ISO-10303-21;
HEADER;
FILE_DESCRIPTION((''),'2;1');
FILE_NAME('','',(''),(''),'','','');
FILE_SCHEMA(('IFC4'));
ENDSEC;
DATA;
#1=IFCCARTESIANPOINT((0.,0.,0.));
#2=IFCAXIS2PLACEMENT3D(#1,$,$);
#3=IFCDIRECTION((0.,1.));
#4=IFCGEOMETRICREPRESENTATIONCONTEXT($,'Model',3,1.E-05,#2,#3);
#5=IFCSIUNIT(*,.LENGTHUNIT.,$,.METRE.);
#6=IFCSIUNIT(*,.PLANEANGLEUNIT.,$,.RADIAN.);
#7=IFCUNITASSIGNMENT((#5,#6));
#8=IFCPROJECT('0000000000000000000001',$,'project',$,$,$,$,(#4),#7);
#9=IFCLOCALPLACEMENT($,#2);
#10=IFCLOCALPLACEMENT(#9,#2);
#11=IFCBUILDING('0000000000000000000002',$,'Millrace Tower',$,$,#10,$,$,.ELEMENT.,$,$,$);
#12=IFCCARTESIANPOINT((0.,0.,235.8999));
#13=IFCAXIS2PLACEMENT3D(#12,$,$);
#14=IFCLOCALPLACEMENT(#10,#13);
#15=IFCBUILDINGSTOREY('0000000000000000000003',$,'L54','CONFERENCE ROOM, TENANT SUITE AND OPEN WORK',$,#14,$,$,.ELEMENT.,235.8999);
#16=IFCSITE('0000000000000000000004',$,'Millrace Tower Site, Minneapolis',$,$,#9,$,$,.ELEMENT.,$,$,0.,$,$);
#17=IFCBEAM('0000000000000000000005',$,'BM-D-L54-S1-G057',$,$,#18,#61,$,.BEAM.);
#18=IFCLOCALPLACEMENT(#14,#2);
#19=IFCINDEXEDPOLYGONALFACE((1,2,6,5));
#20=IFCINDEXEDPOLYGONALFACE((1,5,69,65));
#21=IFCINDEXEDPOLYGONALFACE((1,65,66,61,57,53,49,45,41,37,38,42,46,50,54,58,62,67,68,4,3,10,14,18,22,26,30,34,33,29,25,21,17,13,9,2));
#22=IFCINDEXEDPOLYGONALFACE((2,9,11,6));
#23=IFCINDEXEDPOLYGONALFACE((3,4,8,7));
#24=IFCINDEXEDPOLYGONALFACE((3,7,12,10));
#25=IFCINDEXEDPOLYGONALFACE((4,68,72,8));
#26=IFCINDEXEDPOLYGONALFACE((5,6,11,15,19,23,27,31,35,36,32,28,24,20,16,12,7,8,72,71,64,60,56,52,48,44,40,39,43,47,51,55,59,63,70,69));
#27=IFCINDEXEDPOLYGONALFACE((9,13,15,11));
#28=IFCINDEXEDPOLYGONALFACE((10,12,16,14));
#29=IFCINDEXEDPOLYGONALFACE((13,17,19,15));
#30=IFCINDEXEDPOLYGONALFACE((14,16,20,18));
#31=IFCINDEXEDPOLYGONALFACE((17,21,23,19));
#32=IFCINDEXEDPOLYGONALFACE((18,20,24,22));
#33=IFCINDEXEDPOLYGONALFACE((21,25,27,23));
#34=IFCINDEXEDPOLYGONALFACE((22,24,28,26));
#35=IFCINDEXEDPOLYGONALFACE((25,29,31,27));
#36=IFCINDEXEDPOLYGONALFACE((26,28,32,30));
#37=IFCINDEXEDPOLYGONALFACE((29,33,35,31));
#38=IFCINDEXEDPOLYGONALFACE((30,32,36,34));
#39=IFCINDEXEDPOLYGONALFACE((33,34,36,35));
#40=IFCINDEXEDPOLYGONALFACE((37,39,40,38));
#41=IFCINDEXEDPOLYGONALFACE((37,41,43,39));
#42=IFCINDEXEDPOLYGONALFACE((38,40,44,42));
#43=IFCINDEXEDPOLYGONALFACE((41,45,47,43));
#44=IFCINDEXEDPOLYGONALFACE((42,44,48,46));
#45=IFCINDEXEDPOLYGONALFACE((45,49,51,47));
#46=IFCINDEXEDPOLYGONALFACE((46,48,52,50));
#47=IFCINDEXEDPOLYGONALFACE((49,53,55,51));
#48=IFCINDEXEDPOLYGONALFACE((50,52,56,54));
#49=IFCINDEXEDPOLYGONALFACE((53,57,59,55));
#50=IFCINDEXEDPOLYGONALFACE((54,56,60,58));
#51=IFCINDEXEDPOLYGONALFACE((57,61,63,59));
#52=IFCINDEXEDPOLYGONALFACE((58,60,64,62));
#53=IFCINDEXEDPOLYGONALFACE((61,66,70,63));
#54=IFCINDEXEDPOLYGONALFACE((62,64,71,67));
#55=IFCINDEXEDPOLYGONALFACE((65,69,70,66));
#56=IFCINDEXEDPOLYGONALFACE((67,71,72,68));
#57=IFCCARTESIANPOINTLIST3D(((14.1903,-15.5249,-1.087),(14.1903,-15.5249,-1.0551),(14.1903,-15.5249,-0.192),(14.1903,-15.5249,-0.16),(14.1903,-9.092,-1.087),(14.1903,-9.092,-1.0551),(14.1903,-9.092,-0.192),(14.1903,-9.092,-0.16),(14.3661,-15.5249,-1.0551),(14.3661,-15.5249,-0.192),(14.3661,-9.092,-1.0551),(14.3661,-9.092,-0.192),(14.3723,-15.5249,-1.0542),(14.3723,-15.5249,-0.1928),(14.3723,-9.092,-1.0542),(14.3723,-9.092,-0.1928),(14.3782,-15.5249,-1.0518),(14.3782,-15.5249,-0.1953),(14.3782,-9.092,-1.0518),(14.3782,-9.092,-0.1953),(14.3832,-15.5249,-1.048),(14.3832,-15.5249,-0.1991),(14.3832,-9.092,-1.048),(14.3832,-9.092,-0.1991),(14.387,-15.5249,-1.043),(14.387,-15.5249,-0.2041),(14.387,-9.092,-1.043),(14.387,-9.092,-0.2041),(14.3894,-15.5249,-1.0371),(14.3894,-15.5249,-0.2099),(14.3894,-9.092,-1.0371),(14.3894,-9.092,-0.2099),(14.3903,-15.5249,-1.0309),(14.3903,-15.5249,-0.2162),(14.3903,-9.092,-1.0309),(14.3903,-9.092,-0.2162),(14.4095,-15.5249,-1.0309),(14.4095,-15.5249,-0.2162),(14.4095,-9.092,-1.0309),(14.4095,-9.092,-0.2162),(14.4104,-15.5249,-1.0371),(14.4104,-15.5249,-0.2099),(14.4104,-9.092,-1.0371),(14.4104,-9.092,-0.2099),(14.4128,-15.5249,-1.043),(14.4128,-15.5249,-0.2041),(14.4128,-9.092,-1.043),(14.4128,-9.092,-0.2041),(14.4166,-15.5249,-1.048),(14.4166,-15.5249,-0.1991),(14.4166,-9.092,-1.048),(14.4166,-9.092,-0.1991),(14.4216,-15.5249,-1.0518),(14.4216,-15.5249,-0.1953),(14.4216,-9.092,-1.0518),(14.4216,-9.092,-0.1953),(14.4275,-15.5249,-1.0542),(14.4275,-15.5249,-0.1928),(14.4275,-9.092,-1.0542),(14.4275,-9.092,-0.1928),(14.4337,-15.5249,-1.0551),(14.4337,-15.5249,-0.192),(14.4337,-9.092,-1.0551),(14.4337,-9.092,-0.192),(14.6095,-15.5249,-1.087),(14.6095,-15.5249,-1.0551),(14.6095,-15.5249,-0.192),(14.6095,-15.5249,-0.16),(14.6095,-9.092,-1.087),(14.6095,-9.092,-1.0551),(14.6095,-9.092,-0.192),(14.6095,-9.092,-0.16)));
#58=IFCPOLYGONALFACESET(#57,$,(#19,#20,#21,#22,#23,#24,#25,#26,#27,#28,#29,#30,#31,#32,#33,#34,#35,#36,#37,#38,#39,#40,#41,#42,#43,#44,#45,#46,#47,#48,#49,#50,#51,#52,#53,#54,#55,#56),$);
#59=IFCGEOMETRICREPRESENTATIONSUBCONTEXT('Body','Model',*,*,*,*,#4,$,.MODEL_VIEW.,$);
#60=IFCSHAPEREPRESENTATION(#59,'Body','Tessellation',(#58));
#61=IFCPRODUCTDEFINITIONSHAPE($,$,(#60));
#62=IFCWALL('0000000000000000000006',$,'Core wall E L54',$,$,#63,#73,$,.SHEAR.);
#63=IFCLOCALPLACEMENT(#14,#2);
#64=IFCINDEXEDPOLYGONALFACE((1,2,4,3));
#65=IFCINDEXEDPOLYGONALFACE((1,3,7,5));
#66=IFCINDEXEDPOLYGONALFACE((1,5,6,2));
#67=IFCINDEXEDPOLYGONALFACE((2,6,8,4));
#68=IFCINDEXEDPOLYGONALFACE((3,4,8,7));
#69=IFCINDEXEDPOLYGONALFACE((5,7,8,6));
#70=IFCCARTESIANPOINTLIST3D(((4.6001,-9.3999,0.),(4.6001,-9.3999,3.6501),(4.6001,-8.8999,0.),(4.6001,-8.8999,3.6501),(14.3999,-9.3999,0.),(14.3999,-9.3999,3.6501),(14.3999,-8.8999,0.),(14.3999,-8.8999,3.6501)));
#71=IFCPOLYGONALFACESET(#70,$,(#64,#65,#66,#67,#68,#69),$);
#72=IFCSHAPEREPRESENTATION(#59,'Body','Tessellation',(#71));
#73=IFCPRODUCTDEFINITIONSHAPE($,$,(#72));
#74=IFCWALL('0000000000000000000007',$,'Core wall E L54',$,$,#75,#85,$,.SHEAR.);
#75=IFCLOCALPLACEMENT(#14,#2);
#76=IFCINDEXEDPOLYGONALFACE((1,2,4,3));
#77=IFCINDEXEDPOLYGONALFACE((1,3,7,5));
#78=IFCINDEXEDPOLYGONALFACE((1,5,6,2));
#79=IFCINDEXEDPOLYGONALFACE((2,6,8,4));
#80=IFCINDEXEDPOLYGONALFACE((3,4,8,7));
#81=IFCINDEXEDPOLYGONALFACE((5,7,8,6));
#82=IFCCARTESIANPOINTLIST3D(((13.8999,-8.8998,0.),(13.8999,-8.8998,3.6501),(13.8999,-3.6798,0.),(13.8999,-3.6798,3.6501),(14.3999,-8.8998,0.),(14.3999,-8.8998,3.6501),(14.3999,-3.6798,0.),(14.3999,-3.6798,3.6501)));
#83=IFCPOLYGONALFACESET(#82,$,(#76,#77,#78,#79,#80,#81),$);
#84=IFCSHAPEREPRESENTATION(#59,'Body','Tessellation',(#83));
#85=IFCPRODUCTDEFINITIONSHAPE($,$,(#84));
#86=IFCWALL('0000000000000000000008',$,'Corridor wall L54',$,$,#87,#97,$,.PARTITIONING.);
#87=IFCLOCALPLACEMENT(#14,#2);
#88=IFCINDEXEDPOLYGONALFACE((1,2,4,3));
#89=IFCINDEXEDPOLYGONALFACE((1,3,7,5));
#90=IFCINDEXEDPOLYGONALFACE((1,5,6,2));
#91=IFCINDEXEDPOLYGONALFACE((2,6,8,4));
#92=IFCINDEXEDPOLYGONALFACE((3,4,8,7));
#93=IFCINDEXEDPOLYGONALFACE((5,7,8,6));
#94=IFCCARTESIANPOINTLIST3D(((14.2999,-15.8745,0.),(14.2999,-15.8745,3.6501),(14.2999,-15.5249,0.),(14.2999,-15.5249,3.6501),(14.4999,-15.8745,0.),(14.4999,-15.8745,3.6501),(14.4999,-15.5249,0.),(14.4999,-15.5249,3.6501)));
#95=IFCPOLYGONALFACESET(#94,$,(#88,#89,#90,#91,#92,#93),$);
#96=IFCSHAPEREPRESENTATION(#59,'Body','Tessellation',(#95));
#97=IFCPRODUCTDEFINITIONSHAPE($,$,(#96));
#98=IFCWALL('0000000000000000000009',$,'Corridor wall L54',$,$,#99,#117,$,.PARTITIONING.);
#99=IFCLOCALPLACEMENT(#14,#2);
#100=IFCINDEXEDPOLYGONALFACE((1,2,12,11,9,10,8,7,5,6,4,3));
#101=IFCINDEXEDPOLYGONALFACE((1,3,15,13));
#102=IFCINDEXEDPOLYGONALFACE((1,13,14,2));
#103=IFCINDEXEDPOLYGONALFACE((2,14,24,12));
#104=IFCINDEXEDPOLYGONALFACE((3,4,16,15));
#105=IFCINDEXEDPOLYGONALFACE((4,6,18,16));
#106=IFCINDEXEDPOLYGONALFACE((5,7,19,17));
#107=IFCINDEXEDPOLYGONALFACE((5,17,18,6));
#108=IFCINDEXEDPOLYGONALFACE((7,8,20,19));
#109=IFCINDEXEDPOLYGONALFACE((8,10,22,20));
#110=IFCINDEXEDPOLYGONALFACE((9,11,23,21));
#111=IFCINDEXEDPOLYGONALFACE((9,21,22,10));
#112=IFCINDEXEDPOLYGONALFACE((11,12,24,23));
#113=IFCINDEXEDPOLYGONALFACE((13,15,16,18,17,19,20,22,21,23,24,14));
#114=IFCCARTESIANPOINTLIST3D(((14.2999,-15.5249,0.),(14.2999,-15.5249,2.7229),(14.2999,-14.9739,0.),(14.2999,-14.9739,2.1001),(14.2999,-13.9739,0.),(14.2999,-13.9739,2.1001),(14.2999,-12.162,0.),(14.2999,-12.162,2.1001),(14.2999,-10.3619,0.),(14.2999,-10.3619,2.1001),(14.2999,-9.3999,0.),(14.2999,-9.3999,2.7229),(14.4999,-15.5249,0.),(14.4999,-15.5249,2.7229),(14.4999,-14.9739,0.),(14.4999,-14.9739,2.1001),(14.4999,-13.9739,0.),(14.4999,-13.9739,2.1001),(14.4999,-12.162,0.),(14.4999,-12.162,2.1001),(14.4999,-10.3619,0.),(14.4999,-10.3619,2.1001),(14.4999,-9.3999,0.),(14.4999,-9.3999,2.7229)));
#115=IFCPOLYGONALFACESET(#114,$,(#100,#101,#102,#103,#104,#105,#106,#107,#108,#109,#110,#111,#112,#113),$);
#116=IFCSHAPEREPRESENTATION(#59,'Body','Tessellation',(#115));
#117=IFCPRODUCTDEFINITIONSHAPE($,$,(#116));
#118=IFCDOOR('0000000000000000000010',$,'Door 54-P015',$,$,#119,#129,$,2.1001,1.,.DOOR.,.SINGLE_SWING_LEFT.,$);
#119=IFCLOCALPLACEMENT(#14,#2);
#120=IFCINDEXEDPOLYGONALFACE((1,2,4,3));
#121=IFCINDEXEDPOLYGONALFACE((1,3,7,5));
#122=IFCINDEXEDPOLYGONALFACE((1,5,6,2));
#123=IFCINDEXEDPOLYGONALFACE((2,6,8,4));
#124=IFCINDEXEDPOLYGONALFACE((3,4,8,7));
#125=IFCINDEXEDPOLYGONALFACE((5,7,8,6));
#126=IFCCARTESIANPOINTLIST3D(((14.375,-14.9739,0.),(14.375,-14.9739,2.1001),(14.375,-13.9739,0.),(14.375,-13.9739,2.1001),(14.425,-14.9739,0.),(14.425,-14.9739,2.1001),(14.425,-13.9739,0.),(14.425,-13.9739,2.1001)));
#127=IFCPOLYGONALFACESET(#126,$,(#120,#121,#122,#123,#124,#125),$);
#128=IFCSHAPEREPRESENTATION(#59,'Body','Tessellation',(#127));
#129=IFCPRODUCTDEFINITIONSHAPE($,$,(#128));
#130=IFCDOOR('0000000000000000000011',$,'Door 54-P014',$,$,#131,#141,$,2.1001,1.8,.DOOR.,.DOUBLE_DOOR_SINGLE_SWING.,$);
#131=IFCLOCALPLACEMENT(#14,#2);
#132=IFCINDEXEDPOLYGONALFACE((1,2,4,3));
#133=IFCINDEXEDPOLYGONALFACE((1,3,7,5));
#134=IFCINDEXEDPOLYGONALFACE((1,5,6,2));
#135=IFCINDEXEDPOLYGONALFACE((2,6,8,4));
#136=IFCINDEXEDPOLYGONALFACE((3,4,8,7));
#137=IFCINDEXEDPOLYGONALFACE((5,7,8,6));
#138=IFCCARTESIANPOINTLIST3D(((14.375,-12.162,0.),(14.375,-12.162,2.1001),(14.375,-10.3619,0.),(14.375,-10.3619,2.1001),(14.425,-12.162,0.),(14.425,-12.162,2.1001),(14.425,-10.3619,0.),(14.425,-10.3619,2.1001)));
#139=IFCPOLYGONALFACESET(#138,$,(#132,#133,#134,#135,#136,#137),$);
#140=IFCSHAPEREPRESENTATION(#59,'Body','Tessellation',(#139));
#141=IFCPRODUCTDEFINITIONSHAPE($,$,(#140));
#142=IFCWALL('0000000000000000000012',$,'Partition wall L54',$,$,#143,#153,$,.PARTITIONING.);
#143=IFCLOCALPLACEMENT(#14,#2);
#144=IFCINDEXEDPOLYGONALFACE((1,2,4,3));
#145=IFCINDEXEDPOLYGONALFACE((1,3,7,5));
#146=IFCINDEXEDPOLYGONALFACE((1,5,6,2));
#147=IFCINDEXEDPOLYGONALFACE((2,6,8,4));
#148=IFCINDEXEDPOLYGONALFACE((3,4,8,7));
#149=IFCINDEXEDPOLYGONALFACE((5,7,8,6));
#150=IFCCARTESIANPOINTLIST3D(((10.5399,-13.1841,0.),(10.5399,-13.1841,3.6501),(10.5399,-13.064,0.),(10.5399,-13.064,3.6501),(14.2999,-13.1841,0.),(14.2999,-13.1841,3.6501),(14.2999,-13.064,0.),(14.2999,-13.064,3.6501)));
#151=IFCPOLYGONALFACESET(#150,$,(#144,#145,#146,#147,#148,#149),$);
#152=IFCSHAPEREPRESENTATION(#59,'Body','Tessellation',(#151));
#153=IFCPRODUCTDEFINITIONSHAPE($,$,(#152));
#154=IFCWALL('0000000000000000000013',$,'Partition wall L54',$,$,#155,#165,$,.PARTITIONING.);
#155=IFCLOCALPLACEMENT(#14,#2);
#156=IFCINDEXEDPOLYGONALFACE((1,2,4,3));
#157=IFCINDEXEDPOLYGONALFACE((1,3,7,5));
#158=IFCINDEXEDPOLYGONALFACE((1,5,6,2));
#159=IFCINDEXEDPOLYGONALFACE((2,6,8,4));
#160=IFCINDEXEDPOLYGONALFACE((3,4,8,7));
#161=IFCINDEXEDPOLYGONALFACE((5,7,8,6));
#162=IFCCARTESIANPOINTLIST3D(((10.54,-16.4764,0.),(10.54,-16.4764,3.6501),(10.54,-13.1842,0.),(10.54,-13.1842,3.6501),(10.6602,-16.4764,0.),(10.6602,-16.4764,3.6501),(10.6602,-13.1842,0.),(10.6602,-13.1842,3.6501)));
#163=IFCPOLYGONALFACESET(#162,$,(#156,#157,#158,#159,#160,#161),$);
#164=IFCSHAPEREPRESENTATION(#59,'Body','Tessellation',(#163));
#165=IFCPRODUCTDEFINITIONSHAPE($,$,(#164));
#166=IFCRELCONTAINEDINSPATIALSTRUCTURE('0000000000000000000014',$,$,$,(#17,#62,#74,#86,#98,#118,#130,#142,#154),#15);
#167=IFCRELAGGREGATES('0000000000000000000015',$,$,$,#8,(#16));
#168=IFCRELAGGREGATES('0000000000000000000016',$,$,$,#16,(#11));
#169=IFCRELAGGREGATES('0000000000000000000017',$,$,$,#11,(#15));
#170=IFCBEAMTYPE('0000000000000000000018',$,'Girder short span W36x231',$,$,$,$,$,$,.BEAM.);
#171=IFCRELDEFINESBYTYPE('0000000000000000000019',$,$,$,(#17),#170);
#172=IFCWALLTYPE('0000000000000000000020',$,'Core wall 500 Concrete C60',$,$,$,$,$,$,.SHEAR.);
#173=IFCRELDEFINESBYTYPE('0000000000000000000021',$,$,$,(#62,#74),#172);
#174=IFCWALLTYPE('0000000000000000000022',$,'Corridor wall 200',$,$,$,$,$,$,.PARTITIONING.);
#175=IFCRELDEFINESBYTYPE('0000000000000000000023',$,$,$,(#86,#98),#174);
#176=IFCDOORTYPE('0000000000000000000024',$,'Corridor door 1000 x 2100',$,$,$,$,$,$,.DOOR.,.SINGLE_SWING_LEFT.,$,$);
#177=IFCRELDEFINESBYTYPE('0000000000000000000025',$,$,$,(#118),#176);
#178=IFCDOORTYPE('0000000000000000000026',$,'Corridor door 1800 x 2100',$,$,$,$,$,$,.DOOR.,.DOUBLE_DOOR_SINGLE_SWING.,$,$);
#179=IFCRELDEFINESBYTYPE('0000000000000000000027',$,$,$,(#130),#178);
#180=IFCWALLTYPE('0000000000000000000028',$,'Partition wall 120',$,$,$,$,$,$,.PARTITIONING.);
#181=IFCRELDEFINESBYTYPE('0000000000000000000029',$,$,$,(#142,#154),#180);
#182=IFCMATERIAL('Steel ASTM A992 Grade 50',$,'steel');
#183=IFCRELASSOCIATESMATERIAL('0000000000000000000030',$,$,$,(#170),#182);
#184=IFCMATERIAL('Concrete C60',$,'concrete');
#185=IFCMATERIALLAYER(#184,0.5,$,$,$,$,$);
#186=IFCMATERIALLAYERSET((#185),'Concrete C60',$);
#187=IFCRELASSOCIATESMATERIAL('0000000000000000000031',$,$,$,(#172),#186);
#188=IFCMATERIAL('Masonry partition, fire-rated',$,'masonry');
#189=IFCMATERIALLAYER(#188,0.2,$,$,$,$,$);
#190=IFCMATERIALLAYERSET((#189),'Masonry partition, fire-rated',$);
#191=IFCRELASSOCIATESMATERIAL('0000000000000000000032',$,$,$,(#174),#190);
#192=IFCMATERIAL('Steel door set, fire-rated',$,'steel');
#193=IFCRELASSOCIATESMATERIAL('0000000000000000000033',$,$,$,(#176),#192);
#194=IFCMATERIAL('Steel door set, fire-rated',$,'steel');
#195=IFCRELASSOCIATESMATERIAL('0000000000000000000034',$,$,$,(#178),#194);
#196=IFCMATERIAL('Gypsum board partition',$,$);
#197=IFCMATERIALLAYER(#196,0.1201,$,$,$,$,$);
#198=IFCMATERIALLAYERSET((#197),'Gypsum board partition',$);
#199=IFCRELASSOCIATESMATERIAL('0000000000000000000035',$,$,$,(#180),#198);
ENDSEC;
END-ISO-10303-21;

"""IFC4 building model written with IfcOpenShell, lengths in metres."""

from ifc_helpers import new_model, si_unit, direction, frame, frame_2d, origin, origin_2d, place, context, subcontext, project, spatial, rectangle, i_section, extrude, material, layer, layer_set, material_profile, profile_set, type_object, element, fill, save


model = new_model("IFC4")

# Units and contexts
model_context = context("Model", 3, precision=1e-05, world=origin(), true_north=direction((0.0, 1.0)))
body_context = subcontext(model_context, "Body", "Model", "MODEL_VIEW")
ifc_project = project(units=[si_unit("LENGTHUNIT", "METRE"), si_unit("PLANEANGLEUNIT", "RADIAN")], contexts=[model_context])

# Site, building, storey
site_placement = place(None, origin())
site = spatial("IfcSite", under=ifc_project, at=site_placement, Name="Millrace Tower Site, Minneapolis", CompositionType="ELEMENT", RefElevation=0.0)
building_placement = place(site_placement, origin())
building = spatial("IfcBuilding", under=site, at=building_placement, Name="Millrace Tower", CompositionType="ELEMENT")
storey_placement = place(building_placement, frame((0.0, 0.0, 235.8999)))
storey = spatial("IfcBuildingStorey", under=building, at=storey_placement, Name="L54", Description="CONFERENCE ROOM, TENANT SUITE AND OPEN WORK", CompositionType="ELEMENT", Elevation=235.8999)

# Beam
ifc_material_1 = material(Name="Steel ASTM A992 Grade 50", Category="steel")
ifc_material_profile_1 = material_profile(ifc_material_1, i_section(OverallWidth=0.4192, OverallDepth=0.927, WebThickness=0.0193, FlangeThickness=0.032, FilletRadius=0.0242, at=origin_2d()))
ifc_profile_set_1 = profile_set([ifc_material_profile_1], Name="Steel ASTM A992 Grade 50")
beam_type_1 = type_object("IfcBeamType", Name="Girder short span W36x231", PredefinedType="BEAM", material=ifc_profile_set_1)
beam_1_placement = place(storey_placement, frame((14.3999, -15.5249, -0.6235), z_axis=(0.0, 1.0, 0.0), x_axis=(-1.0, 0.0, 0.0)))
element("IfcBeam", 1, at=beam_1_placement, inside=storey, type_object=beam_type_1, Name="BM-D-L54-S1-G057", PredefinedType="BEAM", context=body_context, shape_type="SweptSolid", body=[
    extrude(i_section(OverallWidth=0.4192, OverallDepth=0.927, WebThickness=0.0193, FlangeThickness=0.032, FilletRadius=0.0242, at=origin_2d()), origin(), (0.0, 0.0, 1.0), 6.4329),
])

# Walls
ifc_material_2 = material(Name="Concrete C60", Category="concrete")
ifc_layer_1 = layer(ifc_material_2, 0.5)
ifc_layer_set_1 = layer_set([ifc_layer_1], Name="Concrete C60")
wall_type_1 = type_object("IfcWallType", Name="Core wall 500 Concrete C60", PredefinedType="SHEAR", material=ifc_layer_set_1)
wall_1_placement = place(storey_placement, frame((14.3999, -9.1499, 0.0), z_axis=(0.0, 0.0, 1.0), x_axis=(-1.0, 0.0, 0.0)))
element("IfcWall", 2, at=wall_1_placement, inside=storey, type_object=wall_type_1, Name="Core wall E L54", PredefinedType="SHEAR", context=body_context, shape_type="SweptSolid", body=[
    extrude(rectangle(XDim=9.7998, YDim=0.5, at=frame_2d((4.8999, 0.0))), origin(), (0.0, 0.0, 1.0), 3.6501),
])
wall_2_placement = place(storey_placement, frame((14.1499, -3.6799, 0.0), z_axis=(0.0, 0.0, 1.0), x_axis=(0.0, -1.0, 0.0)))
element("IfcWall", 3, at=wall_2_placement, inside=storey, type_object=wall_type_1, Name="Core wall E L54", PredefinedType="SHEAR", context=body_context, shape_type="SweptSolid", body=[
    extrude(rectangle(XDim=5.22, YDim=0.5, at=frame_2d((2.6099, 0.0))), origin(), (0.0, 0.0, 1.0), 3.6501),
])
ifc_material_3 = material(Name="Masonry partition, fire-rated", Category="masonry")
ifc_layer_2 = layer(ifc_material_3, 0.2)
ifc_layer_set_2 = layer_set([ifc_layer_2], Name="Masonry partition, fire-rated")
wall_type_2 = type_object("IfcWallType", Name="Corridor wall 200", PredefinedType="PARTITIONING", material=ifc_layer_set_2)
wall_3_placement = place(storey_placement, frame((14.3999, -15.8745, 0.0), z_axis=(0.0, 0.0, 1.0), x_axis=(0.0, 1.0, 0.0)))
element("IfcWall", 4, at=wall_3_placement, inside=storey, type_object=wall_type_2, Name="Corridor wall L54", PredefinedType="PARTITIONING", context=body_context, shape_type="SweptSolid", body=[
    extrude(rectangle(XDim=0.3496, YDim=0.2, at=frame_2d((0.1748, 0.0))), origin(), (0.0, 0.0, 1.0), 3.6501),
])

# Wall, openings, doors
wall_4_placement = place(storey_placement, frame((14.3999, -15.5249, 0.0), z_axis=(0.0, 0.0, 1.0), x_axis=(0.0, 1.0, 0.0)))
wall_4 = element("IfcWall", 5, at=wall_4_placement, inside=storey, type_object=wall_type_2, Name="Corridor wall L54", PredefinedType="PARTITIONING", context=body_context, shape_type="SweptSolid", body=[
    extrude(rectangle(XDim=6.125, YDim=0.2, at=frame_2d((3.0625, 0.0))), origin(), (0.0, 0.0, 1.0), 2.7229),
])
opening_1_placement = place(wall_4_placement, frame((3.363, 0.0, 0.0)))
opening_1 = element("IfcOpeningElement", 6, at=opening_1_placement, cuts=wall_4, PredefinedType="OPENING", context=body_context, shape_type="SweptSolid", body=[
    extrude(rectangle(XDim=1.8, YDim=2.1001, at=frame_2d((0.8999, 1.05))), frame((0.0, 0.1099, 0.0), z_axis=(0.0, -1.0, 0.0), x_axis=(1.0, 0.0, 0.0)), (0.0, 0.0, 1.0), 0.22),
])
opening_2_placement = place(wall_4_placement, frame((0.551, 0.0, 0.0)))
opening_2 = element("IfcOpeningElement", 7, at=opening_2_placement, cuts=wall_4, PredefinedType="OPENING", context=body_context, shape_type="SweptSolid", body=[
    extrude(rectangle(XDim=1.0, YDim=2.1001, at=frame_2d((0.5, 1.05))), frame((0.0, 0.1099, 0.0), z_axis=(0.0, -1.0, 0.0), x_axis=(1.0, 0.0, 0.0)), (0.0, 0.0, 1.0), 0.22),
])
ifc_material_4 = material(Name="Steel door set, fire-rated", Category="steel")
door_type_1 = type_object("IfcDoorType", Name="Corridor door 1000 x 2100", OperationType="SINGLE_SWING_LEFT", PredefinedType="DOOR", material=ifc_material_4)
door_1_placement = place(opening_2_placement, origin())
door_1 = element("IfcDoor", 8, at=door_1_placement, inside=storey, type_object=door_type_1, Name="Door 54-P015", OperationType="SINGLE_SWING_LEFT", OverallHeight=2.1001, OverallWidth=1.0, PredefinedType="DOOR", context=body_context, shape_type="SweptSolid", body=[
    extrude(rectangle(XDim=1.0, YDim=2.1001, at=frame_2d((0.5, 1.05))), frame((0.0, 0.0249, 0.0), z_axis=(0.0, -1.0, 0.0), x_axis=(1.0, 0.0, 0.0)), (0.0, 0.0, 1.0), 0.05),
])
fill(opening_2, door_1)
ifc_material_5 = material(Name="Steel door set, fire-rated", Category="steel")
door_type_2 = type_object("IfcDoorType", Name="Corridor door 1800 x 2100", OperationType="DOUBLE_DOOR_SINGLE_SWING", PredefinedType="DOOR", material=ifc_material_5)
door_2_placement = place(opening_1_placement, origin())
door_2 = element("IfcDoor", 9, at=door_2_placement, inside=storey, type_object=door_type_2, Name="Door 54-P014", OperationType="DOUBLE_DOOR_SINGLE_SWING", OverallHeight=2.1001, OverallWidth=1.8, PredefinedType="DOOR", context=body_context, shape_type="SweptSolid", body=[
    extrude(rectangle(XDim=1.8, YDim=2.1001, at=frame_2d((0.8999, 1.05))), frame((0.0, 0.0249, 0.0), z_axis=(0.0, -1.0, 0.0), x_axis=(1.0, 0.0, 0.0)), (0.0, 0.0, 1.0), 0.05),
])
fill(opening_1, door_2)

# Walls
ifc_material_6 = material(Name="Gypsum board partition")
ifc_layer_3 = layer(ifc_material_6, 0.1201)
ifc_layer_set_3 = layer_set([ifc_layer_3], Name="Gypsum board partition")
wall_type_3 = type_object("IfcWallType", Name="Partition wall 120", PredefinedType="PARTITIONING", material=ifc_layer_set_3)
wall_5_placement = place(storey_placement, frame((10.54, -13.124, 0.0), z_axis=(0.0, 0.0, 1.0), x_axis=(1.0, 0.0, 0.0)))
element("IfcWall", 10, at=wall_5_placement, inside=storey, type_object=wall_type_3, Name="Partition wall L54", PredefinedType="PARTITIONING", context=body_context, shape_type="SweptSolid", body=[
    extrude(rectangle(XDim=3.76, YDim=0.1201, at=frame_2d((1.8799, 0.0))), origin(), (0.0, 0.0, 1.0), 3.6501),
])
wall_6_placement = place(storey_placement, frame((10.6001, -16.4763, 0.0), z_axis=(0.0, 0.0, 1.0), x_axis=(0.0, 1.0, 0.0)))
element("IfcWall", 11, at=wall_6_placement, inside=storey, type_object=wall_type_3, Name="Partition wall L54", PredefinedType="PARTITIONING", context=body_context, shape_type="SweptSolid", body=[
    extrude(rectangle(XDim=3.2922, YDim=0.1201, at=frame_2d((1.646, 0.0))), origin(), (0.0, 0.0, 1.0), 3.6501),
])

save(model, "model.ifc")
